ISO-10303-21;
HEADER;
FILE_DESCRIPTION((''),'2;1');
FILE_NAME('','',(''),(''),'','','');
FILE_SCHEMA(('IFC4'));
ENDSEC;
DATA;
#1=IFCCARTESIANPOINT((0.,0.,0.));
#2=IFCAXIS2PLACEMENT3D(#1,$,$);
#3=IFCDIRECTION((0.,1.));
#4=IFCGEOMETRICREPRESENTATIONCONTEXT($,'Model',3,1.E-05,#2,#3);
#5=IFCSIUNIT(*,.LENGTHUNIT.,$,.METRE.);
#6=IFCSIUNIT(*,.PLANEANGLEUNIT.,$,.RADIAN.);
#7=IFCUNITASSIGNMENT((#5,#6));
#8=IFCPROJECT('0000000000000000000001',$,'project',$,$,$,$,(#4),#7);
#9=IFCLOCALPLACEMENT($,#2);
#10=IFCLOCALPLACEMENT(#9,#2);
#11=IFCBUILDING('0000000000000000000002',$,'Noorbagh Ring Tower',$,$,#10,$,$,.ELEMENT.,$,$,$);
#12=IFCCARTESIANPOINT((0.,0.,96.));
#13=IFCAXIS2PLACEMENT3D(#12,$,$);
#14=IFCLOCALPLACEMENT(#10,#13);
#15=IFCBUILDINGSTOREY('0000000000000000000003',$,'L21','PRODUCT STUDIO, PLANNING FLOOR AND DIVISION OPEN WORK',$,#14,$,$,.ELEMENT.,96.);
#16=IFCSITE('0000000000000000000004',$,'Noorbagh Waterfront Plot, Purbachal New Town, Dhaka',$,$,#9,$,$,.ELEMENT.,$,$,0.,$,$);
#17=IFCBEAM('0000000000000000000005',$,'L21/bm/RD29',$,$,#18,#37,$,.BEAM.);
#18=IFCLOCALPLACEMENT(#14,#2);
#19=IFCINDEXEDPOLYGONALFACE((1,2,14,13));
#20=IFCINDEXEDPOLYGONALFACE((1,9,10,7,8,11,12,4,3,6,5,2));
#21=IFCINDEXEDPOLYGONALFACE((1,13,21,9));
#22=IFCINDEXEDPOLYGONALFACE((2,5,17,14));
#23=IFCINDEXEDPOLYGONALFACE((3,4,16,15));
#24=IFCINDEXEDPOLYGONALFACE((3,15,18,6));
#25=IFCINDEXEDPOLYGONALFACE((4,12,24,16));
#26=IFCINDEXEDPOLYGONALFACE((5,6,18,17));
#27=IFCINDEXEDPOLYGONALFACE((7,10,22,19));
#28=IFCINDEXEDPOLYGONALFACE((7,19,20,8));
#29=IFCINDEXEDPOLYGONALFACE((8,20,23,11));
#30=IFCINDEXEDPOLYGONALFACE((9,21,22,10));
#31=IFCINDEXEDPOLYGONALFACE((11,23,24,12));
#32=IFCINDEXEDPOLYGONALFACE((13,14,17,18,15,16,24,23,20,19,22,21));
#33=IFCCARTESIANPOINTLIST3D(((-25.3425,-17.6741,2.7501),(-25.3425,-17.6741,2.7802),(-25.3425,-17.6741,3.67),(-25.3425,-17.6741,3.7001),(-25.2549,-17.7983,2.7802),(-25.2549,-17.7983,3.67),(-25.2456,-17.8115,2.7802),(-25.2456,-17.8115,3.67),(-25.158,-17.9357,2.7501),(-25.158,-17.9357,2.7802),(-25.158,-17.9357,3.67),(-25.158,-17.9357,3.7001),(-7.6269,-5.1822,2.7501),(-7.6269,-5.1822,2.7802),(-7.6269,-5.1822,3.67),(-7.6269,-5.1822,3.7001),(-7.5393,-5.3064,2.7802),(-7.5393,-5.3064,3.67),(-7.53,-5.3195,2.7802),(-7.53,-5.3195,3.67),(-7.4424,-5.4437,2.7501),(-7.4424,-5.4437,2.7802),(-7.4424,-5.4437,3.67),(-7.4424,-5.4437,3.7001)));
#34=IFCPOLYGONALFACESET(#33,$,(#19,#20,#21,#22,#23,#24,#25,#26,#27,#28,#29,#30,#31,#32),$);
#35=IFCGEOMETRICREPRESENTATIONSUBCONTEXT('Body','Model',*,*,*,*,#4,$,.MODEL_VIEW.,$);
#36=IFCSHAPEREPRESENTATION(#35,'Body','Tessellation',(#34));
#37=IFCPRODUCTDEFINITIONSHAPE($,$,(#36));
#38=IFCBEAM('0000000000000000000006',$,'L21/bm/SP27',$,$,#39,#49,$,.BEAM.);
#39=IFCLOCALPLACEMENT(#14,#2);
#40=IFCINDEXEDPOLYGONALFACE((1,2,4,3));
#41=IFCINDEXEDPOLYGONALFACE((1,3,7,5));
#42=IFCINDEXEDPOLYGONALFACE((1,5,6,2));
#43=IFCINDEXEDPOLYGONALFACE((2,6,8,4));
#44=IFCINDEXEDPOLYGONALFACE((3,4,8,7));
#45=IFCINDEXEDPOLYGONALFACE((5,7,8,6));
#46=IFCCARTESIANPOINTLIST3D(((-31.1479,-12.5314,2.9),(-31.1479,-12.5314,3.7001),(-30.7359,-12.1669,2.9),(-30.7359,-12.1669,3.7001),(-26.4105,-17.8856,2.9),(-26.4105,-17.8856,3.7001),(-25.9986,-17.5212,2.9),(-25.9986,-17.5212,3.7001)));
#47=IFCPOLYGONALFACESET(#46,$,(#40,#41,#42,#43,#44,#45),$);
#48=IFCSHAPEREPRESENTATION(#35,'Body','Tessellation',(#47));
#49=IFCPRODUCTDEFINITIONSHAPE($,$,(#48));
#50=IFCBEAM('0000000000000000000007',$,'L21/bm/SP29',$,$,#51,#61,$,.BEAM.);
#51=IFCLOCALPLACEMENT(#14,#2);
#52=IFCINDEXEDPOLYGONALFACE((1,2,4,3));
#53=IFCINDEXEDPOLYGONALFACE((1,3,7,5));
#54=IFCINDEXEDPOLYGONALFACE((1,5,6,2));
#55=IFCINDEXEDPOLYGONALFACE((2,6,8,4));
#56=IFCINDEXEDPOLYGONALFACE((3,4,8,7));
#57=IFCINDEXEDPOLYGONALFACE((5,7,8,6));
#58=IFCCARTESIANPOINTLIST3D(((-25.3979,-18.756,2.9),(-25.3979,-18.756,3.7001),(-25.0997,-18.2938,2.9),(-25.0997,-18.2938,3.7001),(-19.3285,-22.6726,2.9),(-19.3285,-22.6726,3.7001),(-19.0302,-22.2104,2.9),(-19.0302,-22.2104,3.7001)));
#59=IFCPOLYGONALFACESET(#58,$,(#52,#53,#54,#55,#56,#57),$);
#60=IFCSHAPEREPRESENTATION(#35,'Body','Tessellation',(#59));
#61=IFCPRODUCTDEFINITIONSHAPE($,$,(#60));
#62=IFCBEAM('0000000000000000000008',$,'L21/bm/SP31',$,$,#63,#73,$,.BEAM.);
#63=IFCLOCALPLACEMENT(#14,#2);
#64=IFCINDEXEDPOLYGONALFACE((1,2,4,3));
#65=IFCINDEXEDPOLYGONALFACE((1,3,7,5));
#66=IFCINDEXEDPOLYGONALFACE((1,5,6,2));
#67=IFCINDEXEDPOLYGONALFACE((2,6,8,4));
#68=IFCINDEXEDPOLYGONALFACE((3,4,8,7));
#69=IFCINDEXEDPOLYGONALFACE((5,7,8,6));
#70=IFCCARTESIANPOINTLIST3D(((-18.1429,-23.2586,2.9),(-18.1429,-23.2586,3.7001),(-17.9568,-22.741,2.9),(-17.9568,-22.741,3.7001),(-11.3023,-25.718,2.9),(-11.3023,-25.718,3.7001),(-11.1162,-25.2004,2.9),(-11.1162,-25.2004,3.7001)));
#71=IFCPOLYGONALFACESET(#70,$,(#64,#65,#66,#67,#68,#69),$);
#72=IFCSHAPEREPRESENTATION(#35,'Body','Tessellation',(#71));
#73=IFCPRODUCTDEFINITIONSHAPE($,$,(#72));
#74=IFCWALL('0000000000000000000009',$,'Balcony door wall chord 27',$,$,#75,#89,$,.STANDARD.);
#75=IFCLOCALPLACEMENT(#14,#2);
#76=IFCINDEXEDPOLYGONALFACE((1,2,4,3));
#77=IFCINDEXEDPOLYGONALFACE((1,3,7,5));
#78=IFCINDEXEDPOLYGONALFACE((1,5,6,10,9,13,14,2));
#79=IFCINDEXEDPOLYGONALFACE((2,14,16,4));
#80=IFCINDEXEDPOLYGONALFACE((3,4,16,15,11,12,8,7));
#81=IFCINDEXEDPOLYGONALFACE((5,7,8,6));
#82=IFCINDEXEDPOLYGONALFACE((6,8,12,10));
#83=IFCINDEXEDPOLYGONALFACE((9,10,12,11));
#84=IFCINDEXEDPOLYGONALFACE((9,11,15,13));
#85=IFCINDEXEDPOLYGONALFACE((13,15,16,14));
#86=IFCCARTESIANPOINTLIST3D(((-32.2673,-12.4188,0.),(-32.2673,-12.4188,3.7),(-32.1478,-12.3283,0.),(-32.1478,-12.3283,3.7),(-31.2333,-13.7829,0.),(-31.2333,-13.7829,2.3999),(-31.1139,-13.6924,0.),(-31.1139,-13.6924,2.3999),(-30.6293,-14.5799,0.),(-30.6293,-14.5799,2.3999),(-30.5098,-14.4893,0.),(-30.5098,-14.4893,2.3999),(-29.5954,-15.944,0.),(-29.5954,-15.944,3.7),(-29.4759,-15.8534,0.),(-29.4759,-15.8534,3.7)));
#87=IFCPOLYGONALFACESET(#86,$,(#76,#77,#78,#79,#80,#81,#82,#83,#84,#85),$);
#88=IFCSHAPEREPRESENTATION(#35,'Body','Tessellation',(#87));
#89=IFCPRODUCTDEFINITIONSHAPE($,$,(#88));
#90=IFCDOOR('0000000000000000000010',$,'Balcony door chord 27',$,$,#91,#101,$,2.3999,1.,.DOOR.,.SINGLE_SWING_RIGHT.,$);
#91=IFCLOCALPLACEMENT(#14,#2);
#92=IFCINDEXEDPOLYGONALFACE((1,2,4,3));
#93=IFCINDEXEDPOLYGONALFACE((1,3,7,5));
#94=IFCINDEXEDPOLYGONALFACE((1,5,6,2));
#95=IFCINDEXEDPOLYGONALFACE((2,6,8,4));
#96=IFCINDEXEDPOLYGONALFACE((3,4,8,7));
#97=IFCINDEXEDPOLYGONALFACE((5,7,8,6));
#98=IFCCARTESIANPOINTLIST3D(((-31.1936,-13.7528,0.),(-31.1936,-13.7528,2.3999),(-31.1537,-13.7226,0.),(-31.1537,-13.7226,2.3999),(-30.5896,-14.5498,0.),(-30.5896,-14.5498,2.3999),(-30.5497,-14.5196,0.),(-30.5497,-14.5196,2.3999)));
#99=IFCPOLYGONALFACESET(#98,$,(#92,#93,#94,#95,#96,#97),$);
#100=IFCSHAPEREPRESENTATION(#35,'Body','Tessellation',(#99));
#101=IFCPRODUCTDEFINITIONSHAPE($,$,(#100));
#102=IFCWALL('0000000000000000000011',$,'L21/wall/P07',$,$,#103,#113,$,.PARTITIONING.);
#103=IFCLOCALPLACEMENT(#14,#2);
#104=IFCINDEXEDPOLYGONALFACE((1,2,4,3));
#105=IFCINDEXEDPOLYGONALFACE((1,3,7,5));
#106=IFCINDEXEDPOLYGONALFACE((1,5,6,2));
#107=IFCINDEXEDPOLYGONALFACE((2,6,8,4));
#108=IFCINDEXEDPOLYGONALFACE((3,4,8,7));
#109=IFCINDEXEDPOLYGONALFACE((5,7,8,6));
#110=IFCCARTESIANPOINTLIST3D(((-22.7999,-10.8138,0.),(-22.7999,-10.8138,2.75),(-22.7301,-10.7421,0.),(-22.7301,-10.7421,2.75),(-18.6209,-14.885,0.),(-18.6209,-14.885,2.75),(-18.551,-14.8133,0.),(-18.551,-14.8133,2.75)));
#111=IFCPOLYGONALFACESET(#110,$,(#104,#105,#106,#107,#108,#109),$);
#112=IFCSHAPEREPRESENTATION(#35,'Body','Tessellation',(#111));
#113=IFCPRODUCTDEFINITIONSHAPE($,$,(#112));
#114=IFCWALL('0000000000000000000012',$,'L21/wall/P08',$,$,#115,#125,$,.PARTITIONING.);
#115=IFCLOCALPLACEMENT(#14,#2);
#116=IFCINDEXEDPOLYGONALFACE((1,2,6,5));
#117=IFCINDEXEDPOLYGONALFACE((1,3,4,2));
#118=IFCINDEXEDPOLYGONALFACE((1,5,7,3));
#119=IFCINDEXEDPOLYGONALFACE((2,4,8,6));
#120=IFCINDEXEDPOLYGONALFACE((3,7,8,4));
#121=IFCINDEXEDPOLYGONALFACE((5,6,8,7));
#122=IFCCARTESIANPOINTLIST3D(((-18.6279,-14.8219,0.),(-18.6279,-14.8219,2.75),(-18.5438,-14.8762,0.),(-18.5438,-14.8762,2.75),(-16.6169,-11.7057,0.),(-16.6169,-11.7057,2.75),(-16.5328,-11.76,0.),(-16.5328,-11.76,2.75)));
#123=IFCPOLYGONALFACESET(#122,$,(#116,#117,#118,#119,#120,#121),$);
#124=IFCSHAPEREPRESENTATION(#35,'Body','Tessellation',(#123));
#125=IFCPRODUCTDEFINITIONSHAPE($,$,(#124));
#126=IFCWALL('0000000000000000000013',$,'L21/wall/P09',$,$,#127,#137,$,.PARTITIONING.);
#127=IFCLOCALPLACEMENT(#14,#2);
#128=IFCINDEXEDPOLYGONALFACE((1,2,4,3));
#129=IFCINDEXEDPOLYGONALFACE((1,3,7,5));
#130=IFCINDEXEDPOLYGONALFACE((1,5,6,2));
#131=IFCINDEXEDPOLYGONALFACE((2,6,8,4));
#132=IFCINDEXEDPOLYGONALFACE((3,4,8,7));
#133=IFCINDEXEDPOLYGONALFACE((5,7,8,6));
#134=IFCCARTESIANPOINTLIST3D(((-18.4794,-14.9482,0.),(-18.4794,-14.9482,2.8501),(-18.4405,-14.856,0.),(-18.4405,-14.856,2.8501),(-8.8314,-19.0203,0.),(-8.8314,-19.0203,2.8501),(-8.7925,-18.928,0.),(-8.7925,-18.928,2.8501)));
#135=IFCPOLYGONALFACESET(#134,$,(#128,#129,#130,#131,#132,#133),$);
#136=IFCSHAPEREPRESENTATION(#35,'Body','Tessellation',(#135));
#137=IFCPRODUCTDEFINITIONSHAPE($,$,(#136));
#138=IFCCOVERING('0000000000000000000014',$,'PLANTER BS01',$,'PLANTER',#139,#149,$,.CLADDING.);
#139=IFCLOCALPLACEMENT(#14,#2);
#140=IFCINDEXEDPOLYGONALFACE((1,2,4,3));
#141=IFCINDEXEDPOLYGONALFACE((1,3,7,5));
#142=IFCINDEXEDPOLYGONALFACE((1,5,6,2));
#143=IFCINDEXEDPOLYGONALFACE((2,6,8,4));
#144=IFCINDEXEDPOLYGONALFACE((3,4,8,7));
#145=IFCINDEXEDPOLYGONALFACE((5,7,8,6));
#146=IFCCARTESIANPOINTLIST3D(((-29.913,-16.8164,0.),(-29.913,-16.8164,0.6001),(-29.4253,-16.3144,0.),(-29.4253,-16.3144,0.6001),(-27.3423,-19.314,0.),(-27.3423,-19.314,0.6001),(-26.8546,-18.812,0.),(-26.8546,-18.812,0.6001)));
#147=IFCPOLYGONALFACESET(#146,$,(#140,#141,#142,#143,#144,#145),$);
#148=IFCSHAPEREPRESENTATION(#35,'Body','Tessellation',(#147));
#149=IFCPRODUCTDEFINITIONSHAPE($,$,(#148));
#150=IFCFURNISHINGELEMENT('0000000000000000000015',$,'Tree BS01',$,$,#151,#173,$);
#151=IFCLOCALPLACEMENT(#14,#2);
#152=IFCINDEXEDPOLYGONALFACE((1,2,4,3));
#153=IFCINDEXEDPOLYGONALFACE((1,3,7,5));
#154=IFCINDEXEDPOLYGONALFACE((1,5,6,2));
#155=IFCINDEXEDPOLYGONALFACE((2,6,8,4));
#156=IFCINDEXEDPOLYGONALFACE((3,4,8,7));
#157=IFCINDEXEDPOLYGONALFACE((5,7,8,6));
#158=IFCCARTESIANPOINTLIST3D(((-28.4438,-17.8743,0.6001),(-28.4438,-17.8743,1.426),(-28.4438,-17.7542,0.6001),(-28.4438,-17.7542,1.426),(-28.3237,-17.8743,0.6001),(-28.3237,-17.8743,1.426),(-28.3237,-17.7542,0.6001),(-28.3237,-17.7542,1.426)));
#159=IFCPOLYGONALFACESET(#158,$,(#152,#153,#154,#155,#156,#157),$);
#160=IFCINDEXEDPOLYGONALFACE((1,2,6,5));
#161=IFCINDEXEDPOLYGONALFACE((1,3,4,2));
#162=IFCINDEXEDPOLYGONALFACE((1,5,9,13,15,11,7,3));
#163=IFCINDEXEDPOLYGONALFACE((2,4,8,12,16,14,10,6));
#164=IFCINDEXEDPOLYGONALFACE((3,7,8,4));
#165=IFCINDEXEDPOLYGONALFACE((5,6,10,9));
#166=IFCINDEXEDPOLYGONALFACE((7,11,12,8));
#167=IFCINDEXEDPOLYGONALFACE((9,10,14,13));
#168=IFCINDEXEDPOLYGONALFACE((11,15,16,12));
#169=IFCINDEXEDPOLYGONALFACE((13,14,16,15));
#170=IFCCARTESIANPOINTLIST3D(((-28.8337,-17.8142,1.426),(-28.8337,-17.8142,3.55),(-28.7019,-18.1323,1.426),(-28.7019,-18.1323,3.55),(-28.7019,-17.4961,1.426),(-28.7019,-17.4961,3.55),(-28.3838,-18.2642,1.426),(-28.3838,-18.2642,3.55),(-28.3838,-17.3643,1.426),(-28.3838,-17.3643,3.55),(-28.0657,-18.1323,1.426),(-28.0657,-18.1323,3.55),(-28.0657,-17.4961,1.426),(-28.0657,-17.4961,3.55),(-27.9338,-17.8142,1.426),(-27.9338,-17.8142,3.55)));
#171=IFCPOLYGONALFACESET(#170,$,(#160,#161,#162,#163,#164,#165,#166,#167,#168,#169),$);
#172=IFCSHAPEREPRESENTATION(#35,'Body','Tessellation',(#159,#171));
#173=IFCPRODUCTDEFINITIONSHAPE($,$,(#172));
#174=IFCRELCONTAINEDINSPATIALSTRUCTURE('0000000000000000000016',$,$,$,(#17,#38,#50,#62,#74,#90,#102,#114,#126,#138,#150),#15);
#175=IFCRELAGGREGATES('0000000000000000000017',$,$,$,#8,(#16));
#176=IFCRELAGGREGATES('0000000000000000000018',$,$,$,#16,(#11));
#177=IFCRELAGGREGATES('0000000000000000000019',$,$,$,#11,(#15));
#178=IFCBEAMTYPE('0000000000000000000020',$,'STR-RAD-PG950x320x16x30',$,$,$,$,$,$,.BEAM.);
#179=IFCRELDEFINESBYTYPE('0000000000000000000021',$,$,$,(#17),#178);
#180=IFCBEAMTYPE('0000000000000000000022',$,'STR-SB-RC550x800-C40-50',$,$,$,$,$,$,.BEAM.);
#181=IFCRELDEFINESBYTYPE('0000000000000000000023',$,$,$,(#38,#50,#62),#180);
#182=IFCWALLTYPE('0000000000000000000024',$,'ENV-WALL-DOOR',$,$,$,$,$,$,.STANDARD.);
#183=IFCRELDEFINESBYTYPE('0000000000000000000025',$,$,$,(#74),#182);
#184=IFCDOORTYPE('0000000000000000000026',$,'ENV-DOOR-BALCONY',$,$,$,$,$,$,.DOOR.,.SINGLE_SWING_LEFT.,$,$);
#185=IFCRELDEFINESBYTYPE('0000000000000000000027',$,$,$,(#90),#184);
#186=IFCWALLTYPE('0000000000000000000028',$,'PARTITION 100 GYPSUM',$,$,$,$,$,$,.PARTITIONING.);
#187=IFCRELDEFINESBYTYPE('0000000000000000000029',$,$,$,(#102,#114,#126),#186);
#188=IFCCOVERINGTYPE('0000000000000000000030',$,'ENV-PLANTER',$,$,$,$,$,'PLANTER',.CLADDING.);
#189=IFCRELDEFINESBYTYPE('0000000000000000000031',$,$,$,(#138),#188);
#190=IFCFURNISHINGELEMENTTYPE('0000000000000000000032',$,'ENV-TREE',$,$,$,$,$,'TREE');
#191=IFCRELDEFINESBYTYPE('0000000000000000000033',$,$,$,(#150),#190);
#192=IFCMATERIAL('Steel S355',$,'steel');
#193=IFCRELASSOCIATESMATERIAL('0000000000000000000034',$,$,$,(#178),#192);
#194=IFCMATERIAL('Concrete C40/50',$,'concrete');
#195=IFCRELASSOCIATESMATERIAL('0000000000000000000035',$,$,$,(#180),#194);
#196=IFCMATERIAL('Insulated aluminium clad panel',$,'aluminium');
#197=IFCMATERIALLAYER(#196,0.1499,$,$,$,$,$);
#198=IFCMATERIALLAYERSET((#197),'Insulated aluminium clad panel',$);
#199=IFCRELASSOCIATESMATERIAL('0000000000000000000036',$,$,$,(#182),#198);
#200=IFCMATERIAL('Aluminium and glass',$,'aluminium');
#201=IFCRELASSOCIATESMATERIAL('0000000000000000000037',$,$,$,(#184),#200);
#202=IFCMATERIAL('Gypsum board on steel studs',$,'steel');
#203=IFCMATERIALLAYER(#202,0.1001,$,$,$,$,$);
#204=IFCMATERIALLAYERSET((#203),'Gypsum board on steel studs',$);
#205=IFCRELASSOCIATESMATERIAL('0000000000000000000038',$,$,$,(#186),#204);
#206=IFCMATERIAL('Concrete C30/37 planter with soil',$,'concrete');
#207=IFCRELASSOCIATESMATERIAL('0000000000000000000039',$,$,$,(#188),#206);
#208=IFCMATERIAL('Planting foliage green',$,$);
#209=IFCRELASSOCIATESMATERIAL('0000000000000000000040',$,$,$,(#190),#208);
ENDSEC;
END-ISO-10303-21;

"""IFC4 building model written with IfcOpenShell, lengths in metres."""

from ifc_helpers import new_model, si_unit, direction, frame, frame_2d, origin, origin_2d, place, context, subcontext, project, spatial, polyline, rectangle, i_section, outline, extrude, material, layer, layer_set, material_profile, profile_set, type_object, element, fill, save


model = new_model("IFC4")

# Units and contexts
model_context = context("Model", 3, precision=1e-05, world=origin(), true_north=direction((0.0, 1.0)))
body_context = subcontext(model_context, "Body", "Model", "MODEL_VIEW")
ifc_project = project(units=[si_unit("LENGTHUNIT", "METRE"), si_unit("PLANEANGLEUNIT", "RADIAN")], contexts=[model_context])

# Site, building, storey
site_placement = place(None, origin())
site = spatial("IfcSite", under=ifc_project, at=site_placement, Name="Noorbagh Waterfront Plot, Purbachal New Town, Dhaka", CompositionType="ELEMENT", RefElevation=0.0)
building_placement = place(site_placement, origin())
building = spatial("IfcBuilding", under=site, at=building_placement, Name="Noorbagh Ring Tower", CompositionType="ELEMENT")
storey_placement = place(building_placement, frame((0.0, 0.0, 96.0)))
storey = spatial("IfcBuildingStorey", under=building, at=storey_placement, Name="L21", Description="PRODUCT STUDIO, PLANNING FLOOR AND DIVISION OPEN WORK", CompositionType="ELEMENT", Elevation=96.0)

# Beams
ifc_material_1 = material(Name="Steel S355", Category="steel")
ifc_material_profile_1 = material_profile(ifc_material_1, i_section(OverallWidth=0.3201, OverallDepth=0.95, WebThickness=0.0161, FlangeThickness=0.03, at=origin_2d()), Name="PG950x320x16x30")
ifc_profile_set_1 = profile_set([ifc_material_profile_1], Name="Steel S355")
beam_type_1 = type_object("IfcBeamType", Name="STR-RAD-PG950x320x16x30", PredefinedType="BEAM", material=ifc_profile_set_1)
beam_1_placement = place(storey_placement, frame((-25.2502, -17.8049, 3.2251), z_axis=(0.817254, 0.576278, 0.0), x_axis=(-0.576278, 0.817254, 0.0)))
element("IfcBeam", 1, at=beam_1_placement, inside=storey, type_object=beam_type_1, Name="L21/bm/RD29", PredefinedType="BEAM", context=body_context, shape_type="SweptSolid", body=[
    extrude(i_section(OverallWidth=0.3201, OverallDepth=0.95, WebThickness=0.0161, FlangeThickness=0.03, at=origin_2d()), origin(), (0.0, 0.0, 1.0), 21.677),
])
ifc_material_2 = material(Name="Concrete C40/50", Category="concrete")
ifc_material_profile_2 = material_profile(ifc_material_2, rectangle(XDim=0.55, YDim=0.8, at=origin_2d()), Name="RC550x800")
ifc_profile_set_2 = profile_set([ifc_material_profile_2], Name="Concrete C40/50")
beam_type_2 = type_object("IfcBeamType", Name="STR-SB-RC550x800-C40-50", PredefinedType="BEAM", material=ifc_profile_set_2)
beam_2_placement = place(storey_placement, frame((-30.9419, -12.3491, 3.3), z_axis=(0.662641, -0.748937, 0.0), x_axis=(0.748937, 0.662641, 0.0)))
element("IfcBeam", 2, at=beam_2_placement, inside=storey, type_object=beam_type_2, Name="L21/bm/SP27", PredefinedType="BEAM", context=body_context, shape_type="SweptSolid", body=[
    extrude(rectangle(XDim=0.55, YDim=0.8, at=origin_2d()), origin(), (0.0, 0.0, 1.0), 7.1492),
])
beam_3_placement = place(storey_placement, frame((-25.2488, -18.5249, 3.3), z_axis=(0.840246, -0.542205, 0.0), x_axis=(0.542205, 0.840246, 0.0)))
element("IfcBeam", 3, at=beam_3_placement, inside=storey, type_object=beam_type_2, Name="L21/bm/SP29", PredefinedType="BEAM", context=body_context, shape_type="SweptSolid", body=[
    extrude(rectangle(XDim=0.55, YDim=0.8, at=origin_2d()), origin(), (0.0, 0.0, 1.0), 7.2234),
])
beam_4_placement = place(storey_placement, frame((-18.0498, -22.9998, 3.3), z_axis=(0.941025, -0.338338, 0.0), x_axis=(0.338338, 0.941025, 0.0)))
element("IfcBeam", 4, at=beam_4_placement, inside=storey, type_object=beam_type_2, Name="L21/bm/SP31", PredefinedType="BEAM", context=body_context, shape_type="SweptSolid", body=[
    extrude(rectangle(XDim=0.55, YDim=0.8, at=origin_2d()), origin(), (0.0, 0.0, 1.0), 7.2693),
])

# Wall, opening, door
ifc_material_3 = material(Name="Insulated aluminium clad panel", Category="aluminium")
ifc_layer_1 = layer(ifc_material_3, 0.1499)
ifc_layer_set_1 = layer_set([ifc_layer_1], Name="Insulated aluminium clad panel")
wall_type_1 = type_object("IfcWallType", Name="ENV-WALL-DOOR", PredefinedType="STANDARD", material=ifc_layer_set_1)
wall_1_placement = place(storey_placement, frame((-32.2075, -12.3735, 0.0), z_axis=(0.0, 0.0, 1.0), x_axis=(0.604046, -0.79695, 0.0)))
wall_1 = element("IfcWall", 5, at=wall_1_placement, inside=storey, type_object=wall_type_1, Name="Balcony door wall chord 27", PredefinedType="STANDARD", context=body_context, shape_type="SweptSolid", body=[
    extrude(rectangle(XDim=4.4233, YDim=0.1499, at=frame_2d((2.2117, 0.0))), origin(), (0.0, 0.0, 1.0), 3.7),
])
opening_placement = place(wall_1_placement, frame((1.7117, 0.0, 0.0)))
opening = element("IfcOpeningElement", 6, at=opening_placement, cuts=wall_1, PredefinedType="OPENING", context=body_context, shape_type="SweptSolid", body=[
    extrude(rectangle(XDim=1.0, YDim=2.3999, at=frame_2d((0.5, 1.2))), frame((0.0, 0.085, 0.0), z_axis=(0.0, -1.0, 0.0), x_axis=(1.0, 0.0, 0.0)), (0.0, 0.0, 1.0), 0.1699),
])
ifc_material_4 = material(Name="Aluminium and glass", Category="aluminium")
door_type = type_object("IfcDoorType", Name="ENV-DOOR-BALCONY", OperationType="SINGLE_SWING_LEFT", PredefinedType="DOOR", material=ifc_material_4)
door_placement = place(opening_placement, origin())
door = element("IfcDoor", 7, at=door_placement, inside=storey, type_object=door_type, Name="Balcony door chord 27", OperationType="SINGLE_SWING_RIGHT", OverallHeight=2.3999, OverallWidth=1.0, PredefinedType="DOOR", context=body_context, shape_type="SweptSolid", body=[
    extrude(rectangle(XDim=1.0, YDim=2.3999, at=frame_2d((0.5, 1.2))), frame((0.0, 0.0249, 0.0), z_axis=(0.0, -1.0, 0.0), x_axis=(1.0, 0.0, 0.0)), (0.0, 0.0, 1.0), 0.05),
])
fill(opening, door)

# Walls
ifc_material_5 = material(Name="Gypsum board on steel studs", Category="steel")
ifc_layer_2 = layer(ifc_material_5, 0.1001)
ifc_layer_set_2 = layer_set([ifc_layer_2], Name="Gypsum board on steel studs")
wall_type_2 = type_object("IfcWallType", Name="PARTITION 100 GYPSUM", PredefinedType="PARTITIONING", material=ifc_layer_set_2)
wall_2_placement = place(storey_placement, frame((-22.7649, -10.7781, 0.0), z_axis=(0.0, 0.0, 1.0), x_axis=(0.716294, -0.697798, 0.0)))
element("IfcWall", 8, at=wall_2_placement, inside=storey, type_object=wall_type_2, Name="L21/wall/P07", PredefinedType="PARTITIONING", context=body_context, shape_type="SweptSolid", body=[
    extrude(rectangle(XDim=5.8342, YDim=0.1001, at=frame_2d((2.917, 0.0))), origin(), (0.0, 0.0, 1.0), 2.75),
])
wall_3_placement = place(storey_placement, frame((-18.5859, -14.8491, 0.0), z_axis=(0.0, 0.0, 1.0), x_axis=(0.542227, 0.840232, 0.0)))
element("IfcWall", 9, at=wall_3_placement, inside=storey, type_object=wall_type_2, Name="L21/wall/P08", PredefinedType="PARTITIONING", context=body_context, shape_type="SweptSolid", body=[
    extrude(rectangle(XDim=3.7087, YDim=0.1001, at=frame_2d((1.8545, 0.0))), origin(), (0.0, 0.0, 1.0), 2.75),
])
wall_4_placement = place(storey_placement, frame((-18.46, -14.9021, 0.0), z_axis=(0.0, 0.0, 1.0), x_axis=(0.921303, -0.388846, 0.0)))
element("IfcWall", 10, at=wall_4_placement, inside=storey, type_object=wall_type_2, Name="L21/wall/P09", PredefinedType="PARTITIONING", context=body_context, shape_type="SweptSolid", body=[
    extrude(rectangle(XDim=10.4722, YDim=0.1001, at=frame_2d((5.2361, 0.0))), origin(), (0.0, 0.0, 1.0), 2.8501),
])

# Covering
ifc_material_6 = material(Name="Concrete C30/37 planter with soil", Category="concrete")
covering_type = type_object("IfcCoveringType", Name="ENV-PLANTER", ElementType="PLANTER", PredefinedType="CLADDING", material=ifc_material_6)
covering_placement = place(storey_placement, frame((-28.3838, -17.8142, 0.0), z_axis=(0.0, 0.0, 1.0), x_axis=(0.717225, -0.696842, 0.0)))
element("IfcCovering", 11, at=covering_placement, inside=storey, type_object=covering_type, Name="PLANTER BS01", ObjectType="PLANTER", PredefinedType="CLADDING", context=body_context, shape_type="SweptSolid", body=[
    extrude(rectangle(XDim=3.5842, YDim=0.7, at=origin_2d()), origin(), (0.0, 0.0, 1.0), 0.6001),
])

# Furnishing element
ifc_material_7 = material(Name="Planting foliage green")
furnishing_element_type = type_object("IfcFurnishingElementType", Name="ENV-TREE", ElementType="TREE", material=ifc_material_7)
furnishing_placement = place(storey_placement, frame((-28.3838, -17.8142, 0.6001), z_axis=(0.0, 0.0, 1.0), x_axis=(1.0, 0.0, 0.0)))
element("IfcFurnishingElement", 12, at=furnishing_placement, inside=storey, type_object=furnishing_element_type, Name="Tree BS01", context=body_context, shape_type="SweptSolid", body=[
    extrude(rectangle(XDim=0.1201, YDim=0.1201, at=origin_2d()), origin(), (0.0, 0.0, 1.0), 0.8259),
    extrude(outline(polyline([(0.45, 0.0), (0.3181, 0.3181), (0.0, 0.45), (-0.3181, 0.3181), (-0.45, 0.0), (-0.3181, -0.3181), (0.0, -0.45), (0.3181, -0.3181), (0.45, 0.0)])), frame((0.0, 0.0, 0.8259)), (0.0, 0.0, 1.0), 2.124),
])

save(model, "model.ifc")
